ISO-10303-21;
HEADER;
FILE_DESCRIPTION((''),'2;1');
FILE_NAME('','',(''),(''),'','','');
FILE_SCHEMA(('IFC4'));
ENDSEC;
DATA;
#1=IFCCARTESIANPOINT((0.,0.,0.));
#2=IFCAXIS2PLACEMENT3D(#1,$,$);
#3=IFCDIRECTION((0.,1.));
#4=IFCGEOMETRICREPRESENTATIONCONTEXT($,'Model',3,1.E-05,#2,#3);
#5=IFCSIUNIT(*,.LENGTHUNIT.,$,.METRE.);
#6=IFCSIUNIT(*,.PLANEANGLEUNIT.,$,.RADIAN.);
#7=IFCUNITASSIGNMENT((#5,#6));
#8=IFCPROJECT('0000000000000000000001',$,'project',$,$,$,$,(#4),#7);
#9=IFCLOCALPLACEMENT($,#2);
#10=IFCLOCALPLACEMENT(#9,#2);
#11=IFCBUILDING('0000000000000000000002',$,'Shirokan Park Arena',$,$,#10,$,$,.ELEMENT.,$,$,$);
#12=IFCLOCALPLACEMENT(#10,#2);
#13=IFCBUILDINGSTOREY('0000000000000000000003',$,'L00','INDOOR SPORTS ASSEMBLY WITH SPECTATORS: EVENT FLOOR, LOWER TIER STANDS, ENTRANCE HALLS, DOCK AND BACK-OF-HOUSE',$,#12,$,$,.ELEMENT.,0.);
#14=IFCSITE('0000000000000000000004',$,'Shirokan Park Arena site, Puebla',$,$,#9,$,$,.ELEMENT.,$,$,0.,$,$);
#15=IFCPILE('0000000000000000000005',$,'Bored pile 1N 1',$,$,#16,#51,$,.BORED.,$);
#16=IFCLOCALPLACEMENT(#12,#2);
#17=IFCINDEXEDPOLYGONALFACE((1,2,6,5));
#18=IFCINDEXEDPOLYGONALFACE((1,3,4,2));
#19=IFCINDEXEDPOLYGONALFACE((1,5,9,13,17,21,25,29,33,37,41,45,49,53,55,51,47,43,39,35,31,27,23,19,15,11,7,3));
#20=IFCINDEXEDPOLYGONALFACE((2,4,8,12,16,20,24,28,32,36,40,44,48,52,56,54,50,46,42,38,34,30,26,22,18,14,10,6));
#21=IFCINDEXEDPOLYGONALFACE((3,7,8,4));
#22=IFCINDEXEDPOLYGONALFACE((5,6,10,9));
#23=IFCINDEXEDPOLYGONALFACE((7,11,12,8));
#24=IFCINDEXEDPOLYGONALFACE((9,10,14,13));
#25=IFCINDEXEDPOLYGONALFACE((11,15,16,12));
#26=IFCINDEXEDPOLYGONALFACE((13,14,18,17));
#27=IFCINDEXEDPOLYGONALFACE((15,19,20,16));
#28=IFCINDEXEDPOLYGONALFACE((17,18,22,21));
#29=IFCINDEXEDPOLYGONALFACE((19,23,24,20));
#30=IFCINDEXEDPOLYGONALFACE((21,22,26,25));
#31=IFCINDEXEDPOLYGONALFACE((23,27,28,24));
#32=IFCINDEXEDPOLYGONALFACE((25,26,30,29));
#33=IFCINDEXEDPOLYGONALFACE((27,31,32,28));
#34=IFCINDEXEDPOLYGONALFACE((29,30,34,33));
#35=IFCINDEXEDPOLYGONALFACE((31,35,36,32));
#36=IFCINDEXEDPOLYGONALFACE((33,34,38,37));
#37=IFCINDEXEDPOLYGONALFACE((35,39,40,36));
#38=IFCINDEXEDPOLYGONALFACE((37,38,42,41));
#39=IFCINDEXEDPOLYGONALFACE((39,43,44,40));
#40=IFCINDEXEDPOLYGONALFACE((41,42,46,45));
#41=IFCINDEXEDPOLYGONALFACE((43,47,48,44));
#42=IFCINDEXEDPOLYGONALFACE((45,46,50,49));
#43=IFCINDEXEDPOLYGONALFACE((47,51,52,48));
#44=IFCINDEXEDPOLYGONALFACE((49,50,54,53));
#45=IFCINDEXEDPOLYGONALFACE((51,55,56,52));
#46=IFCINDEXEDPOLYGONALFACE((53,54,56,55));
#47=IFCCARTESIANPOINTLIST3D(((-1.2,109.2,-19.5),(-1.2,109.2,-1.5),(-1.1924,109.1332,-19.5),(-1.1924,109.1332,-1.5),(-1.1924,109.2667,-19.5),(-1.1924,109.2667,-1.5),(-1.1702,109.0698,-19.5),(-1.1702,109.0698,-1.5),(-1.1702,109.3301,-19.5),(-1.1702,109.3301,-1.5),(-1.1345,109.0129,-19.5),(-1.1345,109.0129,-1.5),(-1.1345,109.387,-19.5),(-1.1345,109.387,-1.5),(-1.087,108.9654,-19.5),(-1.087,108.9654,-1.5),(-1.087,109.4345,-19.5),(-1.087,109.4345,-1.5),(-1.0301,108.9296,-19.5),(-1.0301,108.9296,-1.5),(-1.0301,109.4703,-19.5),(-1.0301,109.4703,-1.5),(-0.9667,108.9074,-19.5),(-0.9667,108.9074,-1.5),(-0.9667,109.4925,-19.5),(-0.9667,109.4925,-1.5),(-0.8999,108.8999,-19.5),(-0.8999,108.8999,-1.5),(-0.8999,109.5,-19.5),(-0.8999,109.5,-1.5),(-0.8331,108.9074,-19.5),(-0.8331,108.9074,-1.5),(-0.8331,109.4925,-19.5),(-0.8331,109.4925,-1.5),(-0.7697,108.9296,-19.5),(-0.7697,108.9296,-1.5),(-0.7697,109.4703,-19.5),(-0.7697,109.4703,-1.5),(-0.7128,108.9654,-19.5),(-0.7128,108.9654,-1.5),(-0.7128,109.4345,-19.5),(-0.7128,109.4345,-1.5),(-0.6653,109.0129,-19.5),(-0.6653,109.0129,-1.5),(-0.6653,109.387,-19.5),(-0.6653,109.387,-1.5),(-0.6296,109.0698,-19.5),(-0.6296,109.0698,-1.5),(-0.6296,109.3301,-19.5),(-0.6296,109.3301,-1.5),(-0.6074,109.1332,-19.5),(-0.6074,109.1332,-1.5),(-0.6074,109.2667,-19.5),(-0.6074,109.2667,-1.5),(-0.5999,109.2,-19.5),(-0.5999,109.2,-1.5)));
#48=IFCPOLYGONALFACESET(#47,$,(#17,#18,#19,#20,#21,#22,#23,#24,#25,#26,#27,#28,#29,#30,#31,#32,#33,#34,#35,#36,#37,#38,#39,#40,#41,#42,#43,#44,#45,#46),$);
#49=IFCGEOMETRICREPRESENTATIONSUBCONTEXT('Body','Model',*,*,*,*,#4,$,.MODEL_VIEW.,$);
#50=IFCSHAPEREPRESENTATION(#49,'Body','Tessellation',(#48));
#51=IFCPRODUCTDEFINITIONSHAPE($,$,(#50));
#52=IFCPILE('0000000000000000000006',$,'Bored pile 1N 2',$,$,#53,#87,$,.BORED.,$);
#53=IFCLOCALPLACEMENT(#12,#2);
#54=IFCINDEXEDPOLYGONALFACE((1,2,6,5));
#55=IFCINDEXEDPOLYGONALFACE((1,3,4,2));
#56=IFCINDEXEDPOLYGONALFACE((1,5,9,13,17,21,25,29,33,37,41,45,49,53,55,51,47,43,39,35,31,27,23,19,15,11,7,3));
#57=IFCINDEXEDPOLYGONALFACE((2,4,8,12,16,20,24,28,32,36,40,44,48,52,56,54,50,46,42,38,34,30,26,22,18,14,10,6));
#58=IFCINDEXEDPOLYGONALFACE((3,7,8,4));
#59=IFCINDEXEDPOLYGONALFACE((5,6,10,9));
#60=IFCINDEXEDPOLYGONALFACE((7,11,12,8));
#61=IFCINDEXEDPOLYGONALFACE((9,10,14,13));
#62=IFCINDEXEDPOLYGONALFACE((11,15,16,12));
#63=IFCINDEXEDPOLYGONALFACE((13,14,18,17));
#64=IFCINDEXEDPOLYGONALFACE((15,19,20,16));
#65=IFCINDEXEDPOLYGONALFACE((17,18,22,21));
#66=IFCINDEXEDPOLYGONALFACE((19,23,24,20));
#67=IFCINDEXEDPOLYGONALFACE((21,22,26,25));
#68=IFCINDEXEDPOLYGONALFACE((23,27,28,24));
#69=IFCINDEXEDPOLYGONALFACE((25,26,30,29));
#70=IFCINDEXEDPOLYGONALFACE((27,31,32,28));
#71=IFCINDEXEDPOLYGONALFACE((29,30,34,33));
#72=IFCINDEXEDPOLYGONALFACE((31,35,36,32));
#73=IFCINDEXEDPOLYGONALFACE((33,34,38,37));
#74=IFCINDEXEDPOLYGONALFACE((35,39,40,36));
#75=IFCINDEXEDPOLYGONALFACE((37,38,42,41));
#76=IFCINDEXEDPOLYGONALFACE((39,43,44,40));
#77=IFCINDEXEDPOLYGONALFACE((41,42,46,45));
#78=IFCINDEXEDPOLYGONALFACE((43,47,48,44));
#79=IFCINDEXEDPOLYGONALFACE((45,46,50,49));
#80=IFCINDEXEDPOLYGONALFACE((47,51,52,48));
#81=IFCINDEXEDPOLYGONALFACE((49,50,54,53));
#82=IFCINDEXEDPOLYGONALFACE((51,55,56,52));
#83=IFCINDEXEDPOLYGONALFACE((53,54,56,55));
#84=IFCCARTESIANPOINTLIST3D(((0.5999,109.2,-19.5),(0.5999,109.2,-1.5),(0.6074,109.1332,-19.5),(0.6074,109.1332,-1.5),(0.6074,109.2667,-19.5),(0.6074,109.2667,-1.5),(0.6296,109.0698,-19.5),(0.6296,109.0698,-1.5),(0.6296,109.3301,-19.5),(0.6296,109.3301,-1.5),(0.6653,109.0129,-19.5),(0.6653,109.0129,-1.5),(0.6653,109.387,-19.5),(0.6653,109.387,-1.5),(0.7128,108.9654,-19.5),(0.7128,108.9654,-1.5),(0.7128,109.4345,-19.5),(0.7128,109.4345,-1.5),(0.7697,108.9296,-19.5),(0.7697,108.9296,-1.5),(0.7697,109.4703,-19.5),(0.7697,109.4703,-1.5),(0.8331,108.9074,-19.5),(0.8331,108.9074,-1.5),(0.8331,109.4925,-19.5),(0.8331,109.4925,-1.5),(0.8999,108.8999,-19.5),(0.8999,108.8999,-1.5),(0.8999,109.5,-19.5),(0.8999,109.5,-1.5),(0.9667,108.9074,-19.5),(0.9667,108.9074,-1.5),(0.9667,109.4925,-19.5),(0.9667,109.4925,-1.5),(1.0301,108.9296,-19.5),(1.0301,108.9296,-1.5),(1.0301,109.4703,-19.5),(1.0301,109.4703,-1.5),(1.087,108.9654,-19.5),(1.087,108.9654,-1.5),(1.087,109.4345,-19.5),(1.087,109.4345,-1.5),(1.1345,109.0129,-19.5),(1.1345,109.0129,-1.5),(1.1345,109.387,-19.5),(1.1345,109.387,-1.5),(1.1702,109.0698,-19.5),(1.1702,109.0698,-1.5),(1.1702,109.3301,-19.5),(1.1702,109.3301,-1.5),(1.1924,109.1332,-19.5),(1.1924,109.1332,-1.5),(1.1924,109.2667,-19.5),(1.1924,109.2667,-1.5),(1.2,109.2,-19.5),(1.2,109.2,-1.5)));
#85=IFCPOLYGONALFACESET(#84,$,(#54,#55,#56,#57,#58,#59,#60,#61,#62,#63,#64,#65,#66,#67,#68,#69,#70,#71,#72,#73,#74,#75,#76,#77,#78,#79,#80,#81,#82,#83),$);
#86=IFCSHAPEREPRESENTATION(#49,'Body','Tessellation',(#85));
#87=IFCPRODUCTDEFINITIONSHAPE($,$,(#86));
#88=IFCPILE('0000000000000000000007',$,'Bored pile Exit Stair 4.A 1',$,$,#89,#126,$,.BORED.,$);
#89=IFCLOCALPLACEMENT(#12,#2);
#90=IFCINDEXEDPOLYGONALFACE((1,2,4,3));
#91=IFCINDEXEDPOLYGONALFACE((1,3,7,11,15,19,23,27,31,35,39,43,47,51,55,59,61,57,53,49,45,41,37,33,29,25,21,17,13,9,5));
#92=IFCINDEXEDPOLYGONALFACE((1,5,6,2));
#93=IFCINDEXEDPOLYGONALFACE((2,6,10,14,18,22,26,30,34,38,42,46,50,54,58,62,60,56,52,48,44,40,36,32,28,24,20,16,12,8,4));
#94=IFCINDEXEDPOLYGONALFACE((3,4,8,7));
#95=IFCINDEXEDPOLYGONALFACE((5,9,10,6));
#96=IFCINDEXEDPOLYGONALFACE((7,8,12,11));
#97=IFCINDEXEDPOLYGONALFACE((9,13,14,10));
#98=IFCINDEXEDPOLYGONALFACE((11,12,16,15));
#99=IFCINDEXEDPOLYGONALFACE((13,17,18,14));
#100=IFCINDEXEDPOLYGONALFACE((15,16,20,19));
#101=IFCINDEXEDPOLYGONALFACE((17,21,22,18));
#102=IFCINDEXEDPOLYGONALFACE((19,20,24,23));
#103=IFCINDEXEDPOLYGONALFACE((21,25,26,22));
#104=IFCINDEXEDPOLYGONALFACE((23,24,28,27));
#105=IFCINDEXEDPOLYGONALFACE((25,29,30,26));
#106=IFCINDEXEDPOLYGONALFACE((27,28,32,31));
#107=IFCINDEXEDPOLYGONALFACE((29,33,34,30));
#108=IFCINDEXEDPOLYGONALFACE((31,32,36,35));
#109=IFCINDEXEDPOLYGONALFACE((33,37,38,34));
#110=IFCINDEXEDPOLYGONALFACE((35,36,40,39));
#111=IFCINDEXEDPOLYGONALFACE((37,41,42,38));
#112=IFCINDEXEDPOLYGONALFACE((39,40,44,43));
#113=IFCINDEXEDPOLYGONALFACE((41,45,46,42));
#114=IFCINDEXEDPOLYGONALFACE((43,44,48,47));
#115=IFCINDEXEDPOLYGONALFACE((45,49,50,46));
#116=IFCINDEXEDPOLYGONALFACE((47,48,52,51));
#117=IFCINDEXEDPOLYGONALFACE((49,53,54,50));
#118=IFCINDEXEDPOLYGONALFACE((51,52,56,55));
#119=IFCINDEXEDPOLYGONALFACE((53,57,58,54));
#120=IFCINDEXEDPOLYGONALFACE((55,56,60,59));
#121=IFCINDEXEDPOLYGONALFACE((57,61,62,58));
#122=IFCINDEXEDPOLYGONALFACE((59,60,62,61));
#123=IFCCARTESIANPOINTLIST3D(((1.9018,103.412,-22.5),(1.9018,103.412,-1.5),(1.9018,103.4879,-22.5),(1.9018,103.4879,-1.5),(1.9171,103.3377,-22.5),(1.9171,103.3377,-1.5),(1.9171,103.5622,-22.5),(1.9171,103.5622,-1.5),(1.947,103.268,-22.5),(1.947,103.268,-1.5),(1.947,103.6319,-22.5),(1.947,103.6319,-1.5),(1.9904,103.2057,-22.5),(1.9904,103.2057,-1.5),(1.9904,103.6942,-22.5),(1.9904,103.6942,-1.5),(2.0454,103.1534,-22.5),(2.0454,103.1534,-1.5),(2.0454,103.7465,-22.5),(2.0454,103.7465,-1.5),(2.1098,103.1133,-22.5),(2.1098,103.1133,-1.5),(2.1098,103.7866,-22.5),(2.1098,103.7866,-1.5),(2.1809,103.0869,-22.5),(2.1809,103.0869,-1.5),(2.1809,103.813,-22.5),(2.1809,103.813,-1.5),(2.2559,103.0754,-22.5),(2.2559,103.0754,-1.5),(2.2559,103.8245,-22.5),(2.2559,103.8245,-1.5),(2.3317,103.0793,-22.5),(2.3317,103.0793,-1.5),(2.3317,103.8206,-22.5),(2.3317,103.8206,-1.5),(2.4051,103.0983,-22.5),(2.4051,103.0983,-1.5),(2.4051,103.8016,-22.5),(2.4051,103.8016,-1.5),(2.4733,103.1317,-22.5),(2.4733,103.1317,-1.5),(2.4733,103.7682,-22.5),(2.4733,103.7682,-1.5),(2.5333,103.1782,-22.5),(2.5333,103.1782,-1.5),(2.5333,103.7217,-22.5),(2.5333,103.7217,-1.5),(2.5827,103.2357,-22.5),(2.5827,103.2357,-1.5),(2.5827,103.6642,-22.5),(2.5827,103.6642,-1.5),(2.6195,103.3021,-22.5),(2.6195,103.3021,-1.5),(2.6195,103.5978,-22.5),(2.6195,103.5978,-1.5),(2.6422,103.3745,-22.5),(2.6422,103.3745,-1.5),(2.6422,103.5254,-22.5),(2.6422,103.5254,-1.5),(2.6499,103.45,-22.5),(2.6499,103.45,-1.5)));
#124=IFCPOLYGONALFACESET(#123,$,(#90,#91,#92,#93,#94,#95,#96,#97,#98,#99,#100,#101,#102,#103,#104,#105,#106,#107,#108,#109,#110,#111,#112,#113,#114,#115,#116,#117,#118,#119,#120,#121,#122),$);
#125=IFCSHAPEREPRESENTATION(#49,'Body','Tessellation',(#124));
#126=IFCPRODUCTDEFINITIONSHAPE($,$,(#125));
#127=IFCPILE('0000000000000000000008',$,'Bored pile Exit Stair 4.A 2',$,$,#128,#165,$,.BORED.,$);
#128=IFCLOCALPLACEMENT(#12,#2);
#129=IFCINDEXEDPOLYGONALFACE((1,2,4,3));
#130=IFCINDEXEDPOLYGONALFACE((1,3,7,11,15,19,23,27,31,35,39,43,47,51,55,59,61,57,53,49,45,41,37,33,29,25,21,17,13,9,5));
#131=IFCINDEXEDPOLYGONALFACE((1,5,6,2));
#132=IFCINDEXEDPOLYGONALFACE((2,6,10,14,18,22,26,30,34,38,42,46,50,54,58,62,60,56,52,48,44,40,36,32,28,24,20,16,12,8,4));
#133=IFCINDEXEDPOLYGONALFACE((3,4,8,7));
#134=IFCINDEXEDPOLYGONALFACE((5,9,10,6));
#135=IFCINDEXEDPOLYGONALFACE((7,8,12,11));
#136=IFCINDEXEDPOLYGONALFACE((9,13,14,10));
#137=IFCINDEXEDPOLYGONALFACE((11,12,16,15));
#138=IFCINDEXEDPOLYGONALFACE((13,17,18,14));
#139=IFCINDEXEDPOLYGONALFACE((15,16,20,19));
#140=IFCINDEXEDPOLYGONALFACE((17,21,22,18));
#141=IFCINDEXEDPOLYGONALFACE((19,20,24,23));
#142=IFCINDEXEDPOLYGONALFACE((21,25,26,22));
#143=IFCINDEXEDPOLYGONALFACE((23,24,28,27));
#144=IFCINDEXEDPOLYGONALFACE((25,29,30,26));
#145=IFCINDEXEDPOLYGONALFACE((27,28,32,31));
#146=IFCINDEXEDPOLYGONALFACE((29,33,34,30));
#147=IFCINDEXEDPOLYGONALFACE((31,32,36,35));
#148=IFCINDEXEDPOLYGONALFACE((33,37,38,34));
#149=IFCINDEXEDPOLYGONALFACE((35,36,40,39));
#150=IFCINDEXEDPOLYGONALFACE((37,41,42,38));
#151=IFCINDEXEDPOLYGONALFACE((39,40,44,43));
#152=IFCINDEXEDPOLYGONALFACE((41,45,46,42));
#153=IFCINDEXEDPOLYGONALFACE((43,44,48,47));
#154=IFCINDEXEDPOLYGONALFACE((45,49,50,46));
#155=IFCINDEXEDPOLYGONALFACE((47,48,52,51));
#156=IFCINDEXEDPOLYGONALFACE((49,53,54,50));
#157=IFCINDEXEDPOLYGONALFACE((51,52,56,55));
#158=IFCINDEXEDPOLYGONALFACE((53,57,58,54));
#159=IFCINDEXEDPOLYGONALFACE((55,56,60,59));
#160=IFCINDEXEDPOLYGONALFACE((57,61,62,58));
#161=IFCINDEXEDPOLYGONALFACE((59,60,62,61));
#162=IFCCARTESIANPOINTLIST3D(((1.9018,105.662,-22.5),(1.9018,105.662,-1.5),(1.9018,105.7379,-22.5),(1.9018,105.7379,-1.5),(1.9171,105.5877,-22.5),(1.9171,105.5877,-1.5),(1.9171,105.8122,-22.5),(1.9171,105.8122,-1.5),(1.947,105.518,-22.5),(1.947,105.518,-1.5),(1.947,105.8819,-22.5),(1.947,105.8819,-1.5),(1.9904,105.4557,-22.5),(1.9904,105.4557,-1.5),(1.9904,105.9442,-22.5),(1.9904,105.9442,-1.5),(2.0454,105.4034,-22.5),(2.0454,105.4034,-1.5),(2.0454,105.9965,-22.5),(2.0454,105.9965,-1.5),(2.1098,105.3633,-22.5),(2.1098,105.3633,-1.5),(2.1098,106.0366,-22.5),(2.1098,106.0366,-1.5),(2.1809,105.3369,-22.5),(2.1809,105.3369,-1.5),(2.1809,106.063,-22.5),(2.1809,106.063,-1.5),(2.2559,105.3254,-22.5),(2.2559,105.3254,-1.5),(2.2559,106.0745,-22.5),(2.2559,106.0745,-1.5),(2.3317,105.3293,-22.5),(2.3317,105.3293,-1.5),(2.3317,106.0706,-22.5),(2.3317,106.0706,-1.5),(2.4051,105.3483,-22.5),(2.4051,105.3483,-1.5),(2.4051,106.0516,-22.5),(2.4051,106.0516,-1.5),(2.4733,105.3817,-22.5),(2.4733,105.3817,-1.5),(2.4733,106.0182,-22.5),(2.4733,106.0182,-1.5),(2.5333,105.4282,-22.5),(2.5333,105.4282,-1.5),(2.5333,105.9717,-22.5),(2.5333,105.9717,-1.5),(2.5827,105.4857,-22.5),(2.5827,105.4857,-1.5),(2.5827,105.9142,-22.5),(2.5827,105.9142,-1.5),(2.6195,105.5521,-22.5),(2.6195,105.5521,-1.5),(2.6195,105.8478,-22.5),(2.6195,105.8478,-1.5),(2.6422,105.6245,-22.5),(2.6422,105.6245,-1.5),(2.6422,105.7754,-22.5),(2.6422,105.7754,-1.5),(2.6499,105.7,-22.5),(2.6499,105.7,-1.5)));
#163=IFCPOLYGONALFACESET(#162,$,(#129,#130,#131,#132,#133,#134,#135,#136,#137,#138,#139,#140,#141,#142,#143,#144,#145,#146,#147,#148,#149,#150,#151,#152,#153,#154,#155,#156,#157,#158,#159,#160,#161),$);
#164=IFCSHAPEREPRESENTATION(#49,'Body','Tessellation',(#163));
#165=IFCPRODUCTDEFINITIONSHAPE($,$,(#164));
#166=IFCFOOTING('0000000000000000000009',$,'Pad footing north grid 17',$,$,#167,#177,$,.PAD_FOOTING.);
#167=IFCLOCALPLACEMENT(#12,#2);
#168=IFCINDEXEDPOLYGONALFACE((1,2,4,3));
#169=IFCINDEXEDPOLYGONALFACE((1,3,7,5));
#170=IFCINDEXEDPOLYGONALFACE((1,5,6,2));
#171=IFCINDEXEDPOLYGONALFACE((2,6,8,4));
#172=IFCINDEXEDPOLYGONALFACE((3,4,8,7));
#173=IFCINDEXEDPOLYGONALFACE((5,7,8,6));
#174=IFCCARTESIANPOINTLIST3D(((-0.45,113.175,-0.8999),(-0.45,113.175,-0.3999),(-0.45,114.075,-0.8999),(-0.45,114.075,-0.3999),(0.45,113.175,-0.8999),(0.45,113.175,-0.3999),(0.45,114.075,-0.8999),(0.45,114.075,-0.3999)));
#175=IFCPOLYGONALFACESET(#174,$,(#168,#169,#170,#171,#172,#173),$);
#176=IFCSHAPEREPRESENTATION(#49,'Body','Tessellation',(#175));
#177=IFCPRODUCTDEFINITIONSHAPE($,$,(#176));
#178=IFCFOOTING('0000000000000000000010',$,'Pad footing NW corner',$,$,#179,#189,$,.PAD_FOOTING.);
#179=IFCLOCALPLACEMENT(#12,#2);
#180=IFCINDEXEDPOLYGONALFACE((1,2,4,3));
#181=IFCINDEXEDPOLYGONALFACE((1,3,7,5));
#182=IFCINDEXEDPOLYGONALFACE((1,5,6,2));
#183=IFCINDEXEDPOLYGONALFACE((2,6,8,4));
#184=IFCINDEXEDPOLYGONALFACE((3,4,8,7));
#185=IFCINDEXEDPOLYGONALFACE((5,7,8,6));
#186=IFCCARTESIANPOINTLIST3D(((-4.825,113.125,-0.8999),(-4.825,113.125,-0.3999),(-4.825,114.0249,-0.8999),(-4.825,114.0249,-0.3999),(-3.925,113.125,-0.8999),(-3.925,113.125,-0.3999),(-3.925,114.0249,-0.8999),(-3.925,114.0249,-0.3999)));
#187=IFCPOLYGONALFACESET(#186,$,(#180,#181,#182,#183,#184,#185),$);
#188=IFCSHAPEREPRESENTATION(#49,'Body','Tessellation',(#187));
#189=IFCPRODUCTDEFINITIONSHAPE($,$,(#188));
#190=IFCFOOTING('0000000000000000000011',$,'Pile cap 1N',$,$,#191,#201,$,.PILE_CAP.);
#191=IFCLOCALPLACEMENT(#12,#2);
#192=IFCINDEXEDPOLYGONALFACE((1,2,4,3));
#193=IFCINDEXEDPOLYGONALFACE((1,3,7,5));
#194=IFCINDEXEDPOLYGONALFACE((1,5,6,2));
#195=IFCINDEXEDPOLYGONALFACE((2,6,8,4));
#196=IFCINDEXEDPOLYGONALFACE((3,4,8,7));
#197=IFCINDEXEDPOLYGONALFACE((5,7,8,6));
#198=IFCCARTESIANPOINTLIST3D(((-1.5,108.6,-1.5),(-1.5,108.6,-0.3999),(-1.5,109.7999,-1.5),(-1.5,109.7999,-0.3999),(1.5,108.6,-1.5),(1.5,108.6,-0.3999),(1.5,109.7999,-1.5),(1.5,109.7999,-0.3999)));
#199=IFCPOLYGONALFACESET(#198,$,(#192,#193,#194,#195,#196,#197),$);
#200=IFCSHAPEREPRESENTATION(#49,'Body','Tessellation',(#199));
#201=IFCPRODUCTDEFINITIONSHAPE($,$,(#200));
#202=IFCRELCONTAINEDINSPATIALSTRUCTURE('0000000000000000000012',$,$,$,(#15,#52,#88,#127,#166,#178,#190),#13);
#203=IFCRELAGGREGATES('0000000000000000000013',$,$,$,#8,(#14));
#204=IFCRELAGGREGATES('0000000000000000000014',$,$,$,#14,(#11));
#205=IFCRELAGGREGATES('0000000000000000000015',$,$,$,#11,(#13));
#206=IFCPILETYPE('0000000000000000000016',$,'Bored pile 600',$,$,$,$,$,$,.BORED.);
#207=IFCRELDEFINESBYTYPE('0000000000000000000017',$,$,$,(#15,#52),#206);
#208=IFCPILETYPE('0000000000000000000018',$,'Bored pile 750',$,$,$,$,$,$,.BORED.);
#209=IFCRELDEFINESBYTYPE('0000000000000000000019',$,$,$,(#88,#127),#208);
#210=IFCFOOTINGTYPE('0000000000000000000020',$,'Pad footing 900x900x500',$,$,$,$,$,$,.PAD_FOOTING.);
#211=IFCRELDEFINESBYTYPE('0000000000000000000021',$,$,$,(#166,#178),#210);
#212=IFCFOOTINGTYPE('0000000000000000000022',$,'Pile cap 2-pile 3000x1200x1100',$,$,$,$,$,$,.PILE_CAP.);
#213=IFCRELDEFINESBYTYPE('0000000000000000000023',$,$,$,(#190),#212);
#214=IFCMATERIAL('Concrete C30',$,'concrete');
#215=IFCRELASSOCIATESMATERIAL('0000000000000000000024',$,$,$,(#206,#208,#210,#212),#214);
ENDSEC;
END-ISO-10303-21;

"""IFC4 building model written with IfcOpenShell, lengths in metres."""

from ifc_helpers import new_model, si_unit, direction, frame, origin, origin_2d, place, context, subcontext, project, spatial, rectangle, circle, extrude, material, material_profile, profile_set, type_object, element, save


model = new_model("IFC4")

# Units and contexts
model_context = context("Model", 3, precision=1e-05, world=origin(), true_north=direction((0.0, 1.0)))
body_context = subcontext(model_context, "Body", "Model", "MODEL_VIEW")
ifc_project = project(units=[si_unit("LENGTHUNIT", "METRE"), si_unit("PLANEANGLEUNIT", "RADIAN")], contexts=[model_context])

# Site, building, storey
site_placement = place(None, origin())
site = spatial("IfcSite", under=ifc_project, at=site_placement, Name="Shirokan Park Arena site, Puebla", CompositionType="ELEMENT", RefElevation=0.0)
building_placement = place(site_placement, origin())
building = spatial("IfcBuilding", under=site, at=building_placement, Name="Shirokan Park Arena", CompositionType="ELEMENT")
storey_placement = place(building_placement, origin())
storey = spatial("IfcBuildingStorey", under=building, at=storey_placement, Name="L00", Description="INDOOR SPORTS ASSEMBLY WITH SPECTATORS: EVENT FLOOR, LOWER TIER STANDS, ENTRANCE HALLS, DOCK AND BACK-OF-HOUSE", CompositionType="ELEMENT", Elevation=0.0)

# Piles
ifc_material_1 = material(Name="Concrete C30", Category="concrete")
ifc_material_profile_1 = material_profile(ifc_material_1, circle(Radius=0.3, at=origin_2d()), Name="D600")
ifc_profile_set_1 = profile_set([ifc_material_profile_1], Name="Concrete C30")
pile_type_1 = type_object("IfcPileType", Name="Bored pile 600", PredefinedType="BORED", material=ifc_profile_set_1)
for number, where, z_axis, x_axis, name in (
    (1, (-0.8999, 109.2, -1.5), (0.0, 0.0, -1.0), (1.0, 0.0, 0.0), "Bored pile 1N 1"),
    (2, (0.8999, 109.2, -1.5), (0.0, 0.0, -1.0), (1.0, 0.0, 0.0), "Bored pile 1N 2"),
):
    element("IfcPile", number, at=place(storey_placement, frame(where, z_axis=z_axis, x_axis=x_axis)), inside=storey, type_object=pile_type_1, Name=name, PredefinedType="BORED", context=body_context, shape_type="SweptSolid", body=[
        extrude(circle(Radius=0.3, at=origin_2d()), origin(), (0.0, 0.0, 1.0), 18.0),
    ])
ifc_material_profile_2 = material_profile(ifc_material_1, circle(Radius=0.375, at=origin_2d()), Name="D750")
ifc_profile_set_2 = profile_set([ifc_material_profile_2], Name="Concrete C30")
pile_type_2 = type_object("IfcPileType", Name="Bored pile 750", PredefinedType="BORED", material=ifc_profile_set_2)
for number, where, z_axis, x_axis, name in (
    (3, (2.2749, 103.45, -1.5), (0.0, 0.0, -1.0), (1.0, 0.0, 0.0), "Bored pile Exit Stair 4.A 1"),
    (4, (2.2749, 105.7, -1.5), (0.0, 0.0, -1.0), (1.0, 0.0, 0.0), "Bored pile Exit Stair 4.A 2"),
):
    element("IfcPile", number, at=place(storey_placement, frame(where, z_axis=z_axis, x_axis=x_axis)), inside=storey, type_object=pile_type_2, Name=name, PredefinedType="BORED", context=body_context, shape_type="SweptSolid", body=[
        extrude(circle(Radius=0.375, at=origin_2d()), origin(), (0.0, 0.0, 1.0), 21.0),
    ])

# Footings
footing_type_1 = type_object("IfcFootingType", Name="Pad footing 900x900x500", PredefinedType="PAD_FOOTING", material=ifc_material_1)
for number, where, z_axis, x_axis, name in (
    (5, (0.0, 113.625, -0.8999), (0.0, 0.0, 1.0), (1.0, 0.0, 0.0), "Pad footing north grid 17"),
    (6, (-4.375, 113.575, -0.8999), (0.0, 0.0, 1.0), (1.0, 0.0, 0.0), "Pad footing NW corner"),
):
    element("IfcFooting", number, at=place(storey_placement, frame(where, z_axis=z_axis, x_axis=x_axis)), inside=storey, type_object=footing_type_1, Name=name, PredefinedType="PAD_FOOTING", context=body_context, shape_type="SweptSolid", body=[
        extrude(rectangle(XDim=0.8999, YDim=0.8999, at=origin_2d()), origin(), (0.0, 0.0, 1.0), 0.5),
    ])
footing_type_2 = type_object("IfcFootingType", Name="Pile cap 2-pile 3000x1200x1100", PredefinedType="PILE_CAP", material=ifc_material_1)
footing_placement = place(storey_placement, frame((0.0, 109.2, -1.5), z_axis=(0.0, 0.0, 1.0), x_axis=(1.0, 0.0, 0.0)))
element("IfcFooting", 7, at=footing_placement, inside=storey, type_object=footing_type_2, Name="Pile cap 1N", PredefinedType="PILE_CAP", context=body_context, shape_type="SweptSolid", body=[
    extrude(rectangle(XDim=3.0, YDim=1.2, at=origin_2d()), origin(), (0.0, 0.0, 1.0), 1.1001),
])

save(model, "model.ifc")
